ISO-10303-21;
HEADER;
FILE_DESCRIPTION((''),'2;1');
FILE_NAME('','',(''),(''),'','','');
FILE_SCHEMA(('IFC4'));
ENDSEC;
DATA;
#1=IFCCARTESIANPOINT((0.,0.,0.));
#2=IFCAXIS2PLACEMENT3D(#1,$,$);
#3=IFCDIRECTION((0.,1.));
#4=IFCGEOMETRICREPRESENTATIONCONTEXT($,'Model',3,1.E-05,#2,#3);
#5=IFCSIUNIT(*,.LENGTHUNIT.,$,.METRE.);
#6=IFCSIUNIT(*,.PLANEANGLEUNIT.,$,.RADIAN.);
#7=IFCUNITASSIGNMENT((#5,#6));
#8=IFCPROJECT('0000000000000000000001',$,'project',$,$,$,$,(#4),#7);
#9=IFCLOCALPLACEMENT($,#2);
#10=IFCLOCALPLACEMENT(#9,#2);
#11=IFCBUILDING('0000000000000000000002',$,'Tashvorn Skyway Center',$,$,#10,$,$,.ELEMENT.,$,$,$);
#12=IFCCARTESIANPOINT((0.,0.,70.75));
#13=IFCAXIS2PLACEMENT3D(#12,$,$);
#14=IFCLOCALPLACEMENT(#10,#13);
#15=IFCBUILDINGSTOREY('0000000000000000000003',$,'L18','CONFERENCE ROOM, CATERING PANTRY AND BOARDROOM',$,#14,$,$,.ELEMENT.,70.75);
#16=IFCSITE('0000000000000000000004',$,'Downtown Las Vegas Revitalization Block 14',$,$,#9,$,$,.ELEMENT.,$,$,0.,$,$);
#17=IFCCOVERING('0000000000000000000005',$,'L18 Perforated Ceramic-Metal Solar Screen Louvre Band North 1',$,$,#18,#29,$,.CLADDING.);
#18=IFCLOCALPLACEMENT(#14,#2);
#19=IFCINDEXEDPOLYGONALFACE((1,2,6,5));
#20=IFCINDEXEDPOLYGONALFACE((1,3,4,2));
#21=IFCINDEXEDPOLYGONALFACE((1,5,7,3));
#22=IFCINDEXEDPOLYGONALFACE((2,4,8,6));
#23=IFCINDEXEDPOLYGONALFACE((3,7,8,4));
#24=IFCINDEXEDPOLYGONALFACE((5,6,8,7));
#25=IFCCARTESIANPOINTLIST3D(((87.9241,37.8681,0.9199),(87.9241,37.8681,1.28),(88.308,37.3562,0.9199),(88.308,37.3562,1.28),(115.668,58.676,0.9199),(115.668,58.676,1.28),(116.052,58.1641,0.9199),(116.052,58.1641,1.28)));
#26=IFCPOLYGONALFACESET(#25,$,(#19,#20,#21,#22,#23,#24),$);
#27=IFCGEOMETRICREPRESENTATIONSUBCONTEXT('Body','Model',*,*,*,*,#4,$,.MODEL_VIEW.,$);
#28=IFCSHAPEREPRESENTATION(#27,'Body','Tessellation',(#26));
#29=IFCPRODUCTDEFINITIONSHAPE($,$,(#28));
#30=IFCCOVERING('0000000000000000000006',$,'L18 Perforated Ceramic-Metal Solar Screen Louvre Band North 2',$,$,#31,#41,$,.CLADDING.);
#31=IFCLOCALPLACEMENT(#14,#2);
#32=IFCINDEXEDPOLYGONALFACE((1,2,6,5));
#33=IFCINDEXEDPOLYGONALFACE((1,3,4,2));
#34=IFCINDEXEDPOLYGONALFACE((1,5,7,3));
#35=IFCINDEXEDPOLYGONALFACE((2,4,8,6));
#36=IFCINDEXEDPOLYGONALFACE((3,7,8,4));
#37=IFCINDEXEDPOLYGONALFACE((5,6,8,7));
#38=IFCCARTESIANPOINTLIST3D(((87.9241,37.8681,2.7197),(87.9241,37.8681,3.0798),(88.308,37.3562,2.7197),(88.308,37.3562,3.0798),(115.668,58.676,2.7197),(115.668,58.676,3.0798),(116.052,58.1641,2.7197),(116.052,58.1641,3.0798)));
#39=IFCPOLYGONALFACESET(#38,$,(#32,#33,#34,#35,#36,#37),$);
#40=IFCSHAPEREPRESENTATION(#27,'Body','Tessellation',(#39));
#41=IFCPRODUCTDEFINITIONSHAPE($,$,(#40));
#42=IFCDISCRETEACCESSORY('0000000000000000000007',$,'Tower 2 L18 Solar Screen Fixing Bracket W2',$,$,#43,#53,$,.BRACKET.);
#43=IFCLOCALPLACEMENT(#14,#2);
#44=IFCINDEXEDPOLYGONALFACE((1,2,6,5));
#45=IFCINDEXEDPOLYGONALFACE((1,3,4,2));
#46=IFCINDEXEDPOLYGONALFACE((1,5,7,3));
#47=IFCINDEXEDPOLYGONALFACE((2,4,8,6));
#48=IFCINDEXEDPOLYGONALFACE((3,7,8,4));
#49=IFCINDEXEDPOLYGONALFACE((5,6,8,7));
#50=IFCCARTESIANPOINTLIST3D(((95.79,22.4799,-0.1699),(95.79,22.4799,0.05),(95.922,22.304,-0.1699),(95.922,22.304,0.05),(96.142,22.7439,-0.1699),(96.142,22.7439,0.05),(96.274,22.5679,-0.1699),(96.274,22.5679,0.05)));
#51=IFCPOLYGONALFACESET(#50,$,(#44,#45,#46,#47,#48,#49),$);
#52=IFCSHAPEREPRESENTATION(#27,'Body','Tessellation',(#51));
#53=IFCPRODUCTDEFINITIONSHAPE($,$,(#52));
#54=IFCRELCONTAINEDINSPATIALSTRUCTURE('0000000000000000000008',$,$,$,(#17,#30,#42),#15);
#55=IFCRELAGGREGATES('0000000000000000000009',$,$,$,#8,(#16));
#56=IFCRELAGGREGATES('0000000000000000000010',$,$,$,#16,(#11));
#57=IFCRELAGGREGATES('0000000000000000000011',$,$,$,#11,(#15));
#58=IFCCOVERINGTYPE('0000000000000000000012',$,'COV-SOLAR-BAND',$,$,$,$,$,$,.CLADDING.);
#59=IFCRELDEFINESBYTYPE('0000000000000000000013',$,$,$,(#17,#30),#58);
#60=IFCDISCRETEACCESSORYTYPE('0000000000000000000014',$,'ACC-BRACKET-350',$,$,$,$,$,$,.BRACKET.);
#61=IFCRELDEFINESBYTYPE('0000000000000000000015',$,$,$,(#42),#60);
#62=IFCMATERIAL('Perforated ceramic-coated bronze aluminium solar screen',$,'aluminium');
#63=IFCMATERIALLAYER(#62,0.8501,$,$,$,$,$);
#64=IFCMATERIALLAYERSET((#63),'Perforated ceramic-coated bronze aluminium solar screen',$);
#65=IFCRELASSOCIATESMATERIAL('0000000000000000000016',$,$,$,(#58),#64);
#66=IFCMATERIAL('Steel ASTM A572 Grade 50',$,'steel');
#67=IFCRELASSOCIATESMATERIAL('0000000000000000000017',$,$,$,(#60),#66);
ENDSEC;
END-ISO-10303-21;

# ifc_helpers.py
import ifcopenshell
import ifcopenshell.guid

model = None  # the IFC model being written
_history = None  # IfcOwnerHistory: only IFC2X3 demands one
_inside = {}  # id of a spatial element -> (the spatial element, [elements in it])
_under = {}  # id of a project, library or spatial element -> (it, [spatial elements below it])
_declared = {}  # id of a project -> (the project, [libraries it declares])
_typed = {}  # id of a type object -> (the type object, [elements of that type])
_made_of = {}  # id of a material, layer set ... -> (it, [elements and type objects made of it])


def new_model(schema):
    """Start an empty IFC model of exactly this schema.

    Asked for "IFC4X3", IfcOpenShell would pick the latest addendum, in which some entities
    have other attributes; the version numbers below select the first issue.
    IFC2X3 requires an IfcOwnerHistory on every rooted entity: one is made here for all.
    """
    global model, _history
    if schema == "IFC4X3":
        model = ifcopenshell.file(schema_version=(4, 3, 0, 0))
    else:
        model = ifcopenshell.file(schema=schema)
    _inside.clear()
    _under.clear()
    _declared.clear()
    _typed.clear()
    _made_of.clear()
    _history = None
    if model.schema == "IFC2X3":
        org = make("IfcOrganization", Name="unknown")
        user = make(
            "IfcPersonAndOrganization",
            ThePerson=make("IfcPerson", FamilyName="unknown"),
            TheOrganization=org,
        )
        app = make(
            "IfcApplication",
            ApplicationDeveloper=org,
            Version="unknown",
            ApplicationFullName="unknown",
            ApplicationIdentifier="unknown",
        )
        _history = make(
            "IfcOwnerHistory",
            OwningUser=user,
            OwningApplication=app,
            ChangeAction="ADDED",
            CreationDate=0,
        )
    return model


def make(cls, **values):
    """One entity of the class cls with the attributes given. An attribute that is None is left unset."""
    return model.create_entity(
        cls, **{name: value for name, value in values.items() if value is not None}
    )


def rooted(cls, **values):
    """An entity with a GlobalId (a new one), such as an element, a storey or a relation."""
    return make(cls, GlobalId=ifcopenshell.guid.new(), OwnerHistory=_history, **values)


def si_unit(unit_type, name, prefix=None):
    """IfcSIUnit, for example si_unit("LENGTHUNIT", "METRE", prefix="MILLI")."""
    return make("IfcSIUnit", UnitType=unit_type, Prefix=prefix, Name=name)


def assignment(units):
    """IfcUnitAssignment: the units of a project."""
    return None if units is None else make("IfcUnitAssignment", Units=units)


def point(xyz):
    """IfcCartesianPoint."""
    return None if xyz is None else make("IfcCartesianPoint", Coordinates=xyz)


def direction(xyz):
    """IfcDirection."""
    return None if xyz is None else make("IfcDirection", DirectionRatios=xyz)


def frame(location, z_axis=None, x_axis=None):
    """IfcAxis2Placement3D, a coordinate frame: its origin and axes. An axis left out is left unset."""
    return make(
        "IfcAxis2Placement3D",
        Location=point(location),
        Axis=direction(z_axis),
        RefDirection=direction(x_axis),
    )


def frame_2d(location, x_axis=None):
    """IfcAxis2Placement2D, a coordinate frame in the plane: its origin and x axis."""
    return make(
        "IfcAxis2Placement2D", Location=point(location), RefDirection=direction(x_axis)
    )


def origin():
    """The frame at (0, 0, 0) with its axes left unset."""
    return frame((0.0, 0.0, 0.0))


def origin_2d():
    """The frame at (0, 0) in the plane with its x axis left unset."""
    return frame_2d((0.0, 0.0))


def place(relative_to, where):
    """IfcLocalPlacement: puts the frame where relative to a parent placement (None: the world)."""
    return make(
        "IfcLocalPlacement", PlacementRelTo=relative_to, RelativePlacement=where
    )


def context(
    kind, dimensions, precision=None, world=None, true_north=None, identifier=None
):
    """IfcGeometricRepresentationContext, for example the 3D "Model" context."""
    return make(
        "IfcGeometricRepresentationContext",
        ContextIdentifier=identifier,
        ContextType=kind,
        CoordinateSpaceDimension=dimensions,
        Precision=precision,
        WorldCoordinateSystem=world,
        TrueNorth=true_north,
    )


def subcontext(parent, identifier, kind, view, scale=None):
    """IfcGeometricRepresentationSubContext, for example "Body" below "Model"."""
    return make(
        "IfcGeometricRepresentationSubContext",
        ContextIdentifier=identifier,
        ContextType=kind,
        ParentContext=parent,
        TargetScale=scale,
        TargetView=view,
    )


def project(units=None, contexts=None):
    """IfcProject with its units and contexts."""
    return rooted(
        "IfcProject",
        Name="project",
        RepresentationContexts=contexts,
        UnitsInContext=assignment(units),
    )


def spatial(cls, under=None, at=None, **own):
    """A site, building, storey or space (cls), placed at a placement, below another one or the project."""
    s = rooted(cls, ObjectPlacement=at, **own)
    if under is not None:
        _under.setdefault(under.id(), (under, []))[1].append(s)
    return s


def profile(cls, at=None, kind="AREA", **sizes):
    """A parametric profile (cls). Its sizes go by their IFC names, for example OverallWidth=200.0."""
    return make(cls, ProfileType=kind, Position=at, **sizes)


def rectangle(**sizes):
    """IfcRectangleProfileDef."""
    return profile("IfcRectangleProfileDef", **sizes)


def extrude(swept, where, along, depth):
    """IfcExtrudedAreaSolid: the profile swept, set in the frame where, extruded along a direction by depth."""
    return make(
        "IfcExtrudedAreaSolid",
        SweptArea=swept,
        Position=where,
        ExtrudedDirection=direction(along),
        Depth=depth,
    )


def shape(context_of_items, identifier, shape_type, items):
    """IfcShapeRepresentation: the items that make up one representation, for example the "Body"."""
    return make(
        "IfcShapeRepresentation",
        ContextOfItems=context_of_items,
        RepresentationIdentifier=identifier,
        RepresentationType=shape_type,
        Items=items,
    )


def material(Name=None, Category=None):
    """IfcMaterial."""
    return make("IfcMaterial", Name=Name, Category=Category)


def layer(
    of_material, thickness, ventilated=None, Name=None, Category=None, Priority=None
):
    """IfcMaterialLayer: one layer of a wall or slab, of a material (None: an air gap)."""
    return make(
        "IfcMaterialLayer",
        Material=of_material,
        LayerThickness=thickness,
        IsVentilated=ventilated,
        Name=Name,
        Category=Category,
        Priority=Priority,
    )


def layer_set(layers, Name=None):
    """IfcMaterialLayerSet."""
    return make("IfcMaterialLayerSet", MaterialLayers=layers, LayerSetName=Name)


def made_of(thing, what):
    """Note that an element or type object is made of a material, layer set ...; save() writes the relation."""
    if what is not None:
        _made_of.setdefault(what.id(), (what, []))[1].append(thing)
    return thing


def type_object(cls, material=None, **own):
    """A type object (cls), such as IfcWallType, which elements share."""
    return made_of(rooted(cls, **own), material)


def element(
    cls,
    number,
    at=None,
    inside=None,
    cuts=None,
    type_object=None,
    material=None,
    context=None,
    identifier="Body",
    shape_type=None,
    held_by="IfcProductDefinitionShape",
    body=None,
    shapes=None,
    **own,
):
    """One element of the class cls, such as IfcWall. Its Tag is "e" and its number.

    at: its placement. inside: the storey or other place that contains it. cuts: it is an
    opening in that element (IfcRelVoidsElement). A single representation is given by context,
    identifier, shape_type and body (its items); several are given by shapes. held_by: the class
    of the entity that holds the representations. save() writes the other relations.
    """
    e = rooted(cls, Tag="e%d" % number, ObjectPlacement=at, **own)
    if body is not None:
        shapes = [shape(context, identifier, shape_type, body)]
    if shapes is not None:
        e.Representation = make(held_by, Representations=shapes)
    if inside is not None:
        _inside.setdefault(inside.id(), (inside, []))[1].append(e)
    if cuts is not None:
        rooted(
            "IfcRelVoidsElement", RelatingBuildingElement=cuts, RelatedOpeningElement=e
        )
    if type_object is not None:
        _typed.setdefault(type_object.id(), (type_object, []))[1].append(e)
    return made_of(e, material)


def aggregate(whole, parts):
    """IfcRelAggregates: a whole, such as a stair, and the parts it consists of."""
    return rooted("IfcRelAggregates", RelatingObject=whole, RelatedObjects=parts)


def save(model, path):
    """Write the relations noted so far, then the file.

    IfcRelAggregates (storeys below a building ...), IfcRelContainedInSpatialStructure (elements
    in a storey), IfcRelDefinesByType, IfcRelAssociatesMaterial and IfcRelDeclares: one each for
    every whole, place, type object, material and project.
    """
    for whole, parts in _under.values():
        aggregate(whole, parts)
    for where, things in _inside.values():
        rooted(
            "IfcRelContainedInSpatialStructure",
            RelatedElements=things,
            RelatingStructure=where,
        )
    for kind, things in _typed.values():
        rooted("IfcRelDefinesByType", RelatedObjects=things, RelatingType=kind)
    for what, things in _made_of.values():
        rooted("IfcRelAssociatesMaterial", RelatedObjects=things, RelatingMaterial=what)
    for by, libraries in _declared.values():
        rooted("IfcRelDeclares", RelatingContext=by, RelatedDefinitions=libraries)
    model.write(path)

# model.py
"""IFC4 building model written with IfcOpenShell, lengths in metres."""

from ifc_helpers import new_model, si_unit, direction, frame, origin, origin_2d, place, context, subcontext, project, spatial, rectangle, extrude, material, layer, layer_set, type_object, element, save


model = new_model("IFC4")

# Units and contexts
model_context = context("Model", 3, precision=1e-05, world=origin(), true_north=direction((0.0, 1.0)))
body_context = subcontext(model_context, "Body", "Model", "MODEL_VIEW")
ifc_project = project(units=[si_unit("LENGTHUNIT", "METRE"), si_unit("PLANEANGLEUNIT", "RADIAN")], contexts=[model_context])

# Site, building, storey
site_placement = place(None, origin())
site = spatial("IfcSite", under=ifc_project, at=site_placement, Name="Downtown Las Vegas Revitalization Block 14", CompositionType="ELEMENT", RefElevation=0.0)
building_placement = place(site_placement, origin())
building = spatial("IfcBuilding", under=site, at=building_placement, Name="Tashvorn Skyway Center", CompositionType="ELEMENT")
storey_placement = place(building_placement, frame((0.0, 0.0, 70.75)))
storey = spatial("IfcBuildingStorey", under=building, at=storey_placement, Name="L18", Description="CONFERENCE ROOM, CATERING PANTRY AND BOARDROOM", CompositionType="ELEMENT", Elevation=70.75)

# Shared definitions
ifc_material_1 = material(Name="Steel ASTM A572 Grade 50", Category="steel")

# Coverings
ifc_material_2 = material(Name="Perforated ceramic-coated bronze aluminium solar screen", Category="aluminium")
ifc_layer_1 = layer(ifc_material_2, 0.8501)
ifc_layer_set_1 = layer_set([ifc_layer_1], Name="Perforated ceramic-coated bronze aluminium solar screen")
covering_type = type_object("IfcCoveringType", Name="COV-SOLAR-BAND", PredefinedType="CLADDING", material=ifc_layer_set_1)
for number, where, z_axis, x_axis, name in (
    (1, (101.988, 48.0161, 0.9199), (0.0, 0.0, 1.0), (0.8, 0.6, 0.0), "L18 Perforated Ceramic-Metal Solar Screen Louvre Band North 1"),
    (2, (101.988, 48.0161, 2.7197), (0.0, 0.0, 1.0), (0.8, 0.6, 0.0), "L18 Perforated Ceramic-Metal Solar Screen Louvre Band North 2"),
):
    element("IfcCovering", number, at=place(storey_placement, frame(where, z_axis=z_axis, x_axis=x_axis)), inside=storey, type_object=covering_type, Name=name, PredefinedType="CLADDING", context=body_context, shape_type="SweptSolid", body=[
        extrude(rectangle(XDim=34.6799, YDim=0.6399, at=origin_2d()), origin(), (0.0, 0.0, 1.0), 0.3601),
    ])

# Discrete accessory
discrete_accessory_type = type_object("IfcDiscreteAccessoryType", Name="ACC-BRACKET-350", PredefinedType="BRACKET", material=ifc_material_1)
discrete_accessory_placement = place(storey_placement, frame((96.032, 22.5239, -0.1699), z_axis=(0.0, 0.0, 1.0), x_axis=(-0.6, 0.8, 0.0)))
element("IfcDiscreteAccessory", 3, at=discrete_accessory_placement, inside=storey, type_object=discrete_accessory_type, Name="Tower 2 L18 Solar Screen Fixing Bracket W2", PredefinedType="BRACKET", context=body_context, shape_type="SweptSolid", body=[
    extrude(rectangle(XDim=0.22, YDim=0.4399, at=origin_2d()), origin(), (0.0, 0.0, 1.0), 0.22),
])

save(model, "model.ifc")
